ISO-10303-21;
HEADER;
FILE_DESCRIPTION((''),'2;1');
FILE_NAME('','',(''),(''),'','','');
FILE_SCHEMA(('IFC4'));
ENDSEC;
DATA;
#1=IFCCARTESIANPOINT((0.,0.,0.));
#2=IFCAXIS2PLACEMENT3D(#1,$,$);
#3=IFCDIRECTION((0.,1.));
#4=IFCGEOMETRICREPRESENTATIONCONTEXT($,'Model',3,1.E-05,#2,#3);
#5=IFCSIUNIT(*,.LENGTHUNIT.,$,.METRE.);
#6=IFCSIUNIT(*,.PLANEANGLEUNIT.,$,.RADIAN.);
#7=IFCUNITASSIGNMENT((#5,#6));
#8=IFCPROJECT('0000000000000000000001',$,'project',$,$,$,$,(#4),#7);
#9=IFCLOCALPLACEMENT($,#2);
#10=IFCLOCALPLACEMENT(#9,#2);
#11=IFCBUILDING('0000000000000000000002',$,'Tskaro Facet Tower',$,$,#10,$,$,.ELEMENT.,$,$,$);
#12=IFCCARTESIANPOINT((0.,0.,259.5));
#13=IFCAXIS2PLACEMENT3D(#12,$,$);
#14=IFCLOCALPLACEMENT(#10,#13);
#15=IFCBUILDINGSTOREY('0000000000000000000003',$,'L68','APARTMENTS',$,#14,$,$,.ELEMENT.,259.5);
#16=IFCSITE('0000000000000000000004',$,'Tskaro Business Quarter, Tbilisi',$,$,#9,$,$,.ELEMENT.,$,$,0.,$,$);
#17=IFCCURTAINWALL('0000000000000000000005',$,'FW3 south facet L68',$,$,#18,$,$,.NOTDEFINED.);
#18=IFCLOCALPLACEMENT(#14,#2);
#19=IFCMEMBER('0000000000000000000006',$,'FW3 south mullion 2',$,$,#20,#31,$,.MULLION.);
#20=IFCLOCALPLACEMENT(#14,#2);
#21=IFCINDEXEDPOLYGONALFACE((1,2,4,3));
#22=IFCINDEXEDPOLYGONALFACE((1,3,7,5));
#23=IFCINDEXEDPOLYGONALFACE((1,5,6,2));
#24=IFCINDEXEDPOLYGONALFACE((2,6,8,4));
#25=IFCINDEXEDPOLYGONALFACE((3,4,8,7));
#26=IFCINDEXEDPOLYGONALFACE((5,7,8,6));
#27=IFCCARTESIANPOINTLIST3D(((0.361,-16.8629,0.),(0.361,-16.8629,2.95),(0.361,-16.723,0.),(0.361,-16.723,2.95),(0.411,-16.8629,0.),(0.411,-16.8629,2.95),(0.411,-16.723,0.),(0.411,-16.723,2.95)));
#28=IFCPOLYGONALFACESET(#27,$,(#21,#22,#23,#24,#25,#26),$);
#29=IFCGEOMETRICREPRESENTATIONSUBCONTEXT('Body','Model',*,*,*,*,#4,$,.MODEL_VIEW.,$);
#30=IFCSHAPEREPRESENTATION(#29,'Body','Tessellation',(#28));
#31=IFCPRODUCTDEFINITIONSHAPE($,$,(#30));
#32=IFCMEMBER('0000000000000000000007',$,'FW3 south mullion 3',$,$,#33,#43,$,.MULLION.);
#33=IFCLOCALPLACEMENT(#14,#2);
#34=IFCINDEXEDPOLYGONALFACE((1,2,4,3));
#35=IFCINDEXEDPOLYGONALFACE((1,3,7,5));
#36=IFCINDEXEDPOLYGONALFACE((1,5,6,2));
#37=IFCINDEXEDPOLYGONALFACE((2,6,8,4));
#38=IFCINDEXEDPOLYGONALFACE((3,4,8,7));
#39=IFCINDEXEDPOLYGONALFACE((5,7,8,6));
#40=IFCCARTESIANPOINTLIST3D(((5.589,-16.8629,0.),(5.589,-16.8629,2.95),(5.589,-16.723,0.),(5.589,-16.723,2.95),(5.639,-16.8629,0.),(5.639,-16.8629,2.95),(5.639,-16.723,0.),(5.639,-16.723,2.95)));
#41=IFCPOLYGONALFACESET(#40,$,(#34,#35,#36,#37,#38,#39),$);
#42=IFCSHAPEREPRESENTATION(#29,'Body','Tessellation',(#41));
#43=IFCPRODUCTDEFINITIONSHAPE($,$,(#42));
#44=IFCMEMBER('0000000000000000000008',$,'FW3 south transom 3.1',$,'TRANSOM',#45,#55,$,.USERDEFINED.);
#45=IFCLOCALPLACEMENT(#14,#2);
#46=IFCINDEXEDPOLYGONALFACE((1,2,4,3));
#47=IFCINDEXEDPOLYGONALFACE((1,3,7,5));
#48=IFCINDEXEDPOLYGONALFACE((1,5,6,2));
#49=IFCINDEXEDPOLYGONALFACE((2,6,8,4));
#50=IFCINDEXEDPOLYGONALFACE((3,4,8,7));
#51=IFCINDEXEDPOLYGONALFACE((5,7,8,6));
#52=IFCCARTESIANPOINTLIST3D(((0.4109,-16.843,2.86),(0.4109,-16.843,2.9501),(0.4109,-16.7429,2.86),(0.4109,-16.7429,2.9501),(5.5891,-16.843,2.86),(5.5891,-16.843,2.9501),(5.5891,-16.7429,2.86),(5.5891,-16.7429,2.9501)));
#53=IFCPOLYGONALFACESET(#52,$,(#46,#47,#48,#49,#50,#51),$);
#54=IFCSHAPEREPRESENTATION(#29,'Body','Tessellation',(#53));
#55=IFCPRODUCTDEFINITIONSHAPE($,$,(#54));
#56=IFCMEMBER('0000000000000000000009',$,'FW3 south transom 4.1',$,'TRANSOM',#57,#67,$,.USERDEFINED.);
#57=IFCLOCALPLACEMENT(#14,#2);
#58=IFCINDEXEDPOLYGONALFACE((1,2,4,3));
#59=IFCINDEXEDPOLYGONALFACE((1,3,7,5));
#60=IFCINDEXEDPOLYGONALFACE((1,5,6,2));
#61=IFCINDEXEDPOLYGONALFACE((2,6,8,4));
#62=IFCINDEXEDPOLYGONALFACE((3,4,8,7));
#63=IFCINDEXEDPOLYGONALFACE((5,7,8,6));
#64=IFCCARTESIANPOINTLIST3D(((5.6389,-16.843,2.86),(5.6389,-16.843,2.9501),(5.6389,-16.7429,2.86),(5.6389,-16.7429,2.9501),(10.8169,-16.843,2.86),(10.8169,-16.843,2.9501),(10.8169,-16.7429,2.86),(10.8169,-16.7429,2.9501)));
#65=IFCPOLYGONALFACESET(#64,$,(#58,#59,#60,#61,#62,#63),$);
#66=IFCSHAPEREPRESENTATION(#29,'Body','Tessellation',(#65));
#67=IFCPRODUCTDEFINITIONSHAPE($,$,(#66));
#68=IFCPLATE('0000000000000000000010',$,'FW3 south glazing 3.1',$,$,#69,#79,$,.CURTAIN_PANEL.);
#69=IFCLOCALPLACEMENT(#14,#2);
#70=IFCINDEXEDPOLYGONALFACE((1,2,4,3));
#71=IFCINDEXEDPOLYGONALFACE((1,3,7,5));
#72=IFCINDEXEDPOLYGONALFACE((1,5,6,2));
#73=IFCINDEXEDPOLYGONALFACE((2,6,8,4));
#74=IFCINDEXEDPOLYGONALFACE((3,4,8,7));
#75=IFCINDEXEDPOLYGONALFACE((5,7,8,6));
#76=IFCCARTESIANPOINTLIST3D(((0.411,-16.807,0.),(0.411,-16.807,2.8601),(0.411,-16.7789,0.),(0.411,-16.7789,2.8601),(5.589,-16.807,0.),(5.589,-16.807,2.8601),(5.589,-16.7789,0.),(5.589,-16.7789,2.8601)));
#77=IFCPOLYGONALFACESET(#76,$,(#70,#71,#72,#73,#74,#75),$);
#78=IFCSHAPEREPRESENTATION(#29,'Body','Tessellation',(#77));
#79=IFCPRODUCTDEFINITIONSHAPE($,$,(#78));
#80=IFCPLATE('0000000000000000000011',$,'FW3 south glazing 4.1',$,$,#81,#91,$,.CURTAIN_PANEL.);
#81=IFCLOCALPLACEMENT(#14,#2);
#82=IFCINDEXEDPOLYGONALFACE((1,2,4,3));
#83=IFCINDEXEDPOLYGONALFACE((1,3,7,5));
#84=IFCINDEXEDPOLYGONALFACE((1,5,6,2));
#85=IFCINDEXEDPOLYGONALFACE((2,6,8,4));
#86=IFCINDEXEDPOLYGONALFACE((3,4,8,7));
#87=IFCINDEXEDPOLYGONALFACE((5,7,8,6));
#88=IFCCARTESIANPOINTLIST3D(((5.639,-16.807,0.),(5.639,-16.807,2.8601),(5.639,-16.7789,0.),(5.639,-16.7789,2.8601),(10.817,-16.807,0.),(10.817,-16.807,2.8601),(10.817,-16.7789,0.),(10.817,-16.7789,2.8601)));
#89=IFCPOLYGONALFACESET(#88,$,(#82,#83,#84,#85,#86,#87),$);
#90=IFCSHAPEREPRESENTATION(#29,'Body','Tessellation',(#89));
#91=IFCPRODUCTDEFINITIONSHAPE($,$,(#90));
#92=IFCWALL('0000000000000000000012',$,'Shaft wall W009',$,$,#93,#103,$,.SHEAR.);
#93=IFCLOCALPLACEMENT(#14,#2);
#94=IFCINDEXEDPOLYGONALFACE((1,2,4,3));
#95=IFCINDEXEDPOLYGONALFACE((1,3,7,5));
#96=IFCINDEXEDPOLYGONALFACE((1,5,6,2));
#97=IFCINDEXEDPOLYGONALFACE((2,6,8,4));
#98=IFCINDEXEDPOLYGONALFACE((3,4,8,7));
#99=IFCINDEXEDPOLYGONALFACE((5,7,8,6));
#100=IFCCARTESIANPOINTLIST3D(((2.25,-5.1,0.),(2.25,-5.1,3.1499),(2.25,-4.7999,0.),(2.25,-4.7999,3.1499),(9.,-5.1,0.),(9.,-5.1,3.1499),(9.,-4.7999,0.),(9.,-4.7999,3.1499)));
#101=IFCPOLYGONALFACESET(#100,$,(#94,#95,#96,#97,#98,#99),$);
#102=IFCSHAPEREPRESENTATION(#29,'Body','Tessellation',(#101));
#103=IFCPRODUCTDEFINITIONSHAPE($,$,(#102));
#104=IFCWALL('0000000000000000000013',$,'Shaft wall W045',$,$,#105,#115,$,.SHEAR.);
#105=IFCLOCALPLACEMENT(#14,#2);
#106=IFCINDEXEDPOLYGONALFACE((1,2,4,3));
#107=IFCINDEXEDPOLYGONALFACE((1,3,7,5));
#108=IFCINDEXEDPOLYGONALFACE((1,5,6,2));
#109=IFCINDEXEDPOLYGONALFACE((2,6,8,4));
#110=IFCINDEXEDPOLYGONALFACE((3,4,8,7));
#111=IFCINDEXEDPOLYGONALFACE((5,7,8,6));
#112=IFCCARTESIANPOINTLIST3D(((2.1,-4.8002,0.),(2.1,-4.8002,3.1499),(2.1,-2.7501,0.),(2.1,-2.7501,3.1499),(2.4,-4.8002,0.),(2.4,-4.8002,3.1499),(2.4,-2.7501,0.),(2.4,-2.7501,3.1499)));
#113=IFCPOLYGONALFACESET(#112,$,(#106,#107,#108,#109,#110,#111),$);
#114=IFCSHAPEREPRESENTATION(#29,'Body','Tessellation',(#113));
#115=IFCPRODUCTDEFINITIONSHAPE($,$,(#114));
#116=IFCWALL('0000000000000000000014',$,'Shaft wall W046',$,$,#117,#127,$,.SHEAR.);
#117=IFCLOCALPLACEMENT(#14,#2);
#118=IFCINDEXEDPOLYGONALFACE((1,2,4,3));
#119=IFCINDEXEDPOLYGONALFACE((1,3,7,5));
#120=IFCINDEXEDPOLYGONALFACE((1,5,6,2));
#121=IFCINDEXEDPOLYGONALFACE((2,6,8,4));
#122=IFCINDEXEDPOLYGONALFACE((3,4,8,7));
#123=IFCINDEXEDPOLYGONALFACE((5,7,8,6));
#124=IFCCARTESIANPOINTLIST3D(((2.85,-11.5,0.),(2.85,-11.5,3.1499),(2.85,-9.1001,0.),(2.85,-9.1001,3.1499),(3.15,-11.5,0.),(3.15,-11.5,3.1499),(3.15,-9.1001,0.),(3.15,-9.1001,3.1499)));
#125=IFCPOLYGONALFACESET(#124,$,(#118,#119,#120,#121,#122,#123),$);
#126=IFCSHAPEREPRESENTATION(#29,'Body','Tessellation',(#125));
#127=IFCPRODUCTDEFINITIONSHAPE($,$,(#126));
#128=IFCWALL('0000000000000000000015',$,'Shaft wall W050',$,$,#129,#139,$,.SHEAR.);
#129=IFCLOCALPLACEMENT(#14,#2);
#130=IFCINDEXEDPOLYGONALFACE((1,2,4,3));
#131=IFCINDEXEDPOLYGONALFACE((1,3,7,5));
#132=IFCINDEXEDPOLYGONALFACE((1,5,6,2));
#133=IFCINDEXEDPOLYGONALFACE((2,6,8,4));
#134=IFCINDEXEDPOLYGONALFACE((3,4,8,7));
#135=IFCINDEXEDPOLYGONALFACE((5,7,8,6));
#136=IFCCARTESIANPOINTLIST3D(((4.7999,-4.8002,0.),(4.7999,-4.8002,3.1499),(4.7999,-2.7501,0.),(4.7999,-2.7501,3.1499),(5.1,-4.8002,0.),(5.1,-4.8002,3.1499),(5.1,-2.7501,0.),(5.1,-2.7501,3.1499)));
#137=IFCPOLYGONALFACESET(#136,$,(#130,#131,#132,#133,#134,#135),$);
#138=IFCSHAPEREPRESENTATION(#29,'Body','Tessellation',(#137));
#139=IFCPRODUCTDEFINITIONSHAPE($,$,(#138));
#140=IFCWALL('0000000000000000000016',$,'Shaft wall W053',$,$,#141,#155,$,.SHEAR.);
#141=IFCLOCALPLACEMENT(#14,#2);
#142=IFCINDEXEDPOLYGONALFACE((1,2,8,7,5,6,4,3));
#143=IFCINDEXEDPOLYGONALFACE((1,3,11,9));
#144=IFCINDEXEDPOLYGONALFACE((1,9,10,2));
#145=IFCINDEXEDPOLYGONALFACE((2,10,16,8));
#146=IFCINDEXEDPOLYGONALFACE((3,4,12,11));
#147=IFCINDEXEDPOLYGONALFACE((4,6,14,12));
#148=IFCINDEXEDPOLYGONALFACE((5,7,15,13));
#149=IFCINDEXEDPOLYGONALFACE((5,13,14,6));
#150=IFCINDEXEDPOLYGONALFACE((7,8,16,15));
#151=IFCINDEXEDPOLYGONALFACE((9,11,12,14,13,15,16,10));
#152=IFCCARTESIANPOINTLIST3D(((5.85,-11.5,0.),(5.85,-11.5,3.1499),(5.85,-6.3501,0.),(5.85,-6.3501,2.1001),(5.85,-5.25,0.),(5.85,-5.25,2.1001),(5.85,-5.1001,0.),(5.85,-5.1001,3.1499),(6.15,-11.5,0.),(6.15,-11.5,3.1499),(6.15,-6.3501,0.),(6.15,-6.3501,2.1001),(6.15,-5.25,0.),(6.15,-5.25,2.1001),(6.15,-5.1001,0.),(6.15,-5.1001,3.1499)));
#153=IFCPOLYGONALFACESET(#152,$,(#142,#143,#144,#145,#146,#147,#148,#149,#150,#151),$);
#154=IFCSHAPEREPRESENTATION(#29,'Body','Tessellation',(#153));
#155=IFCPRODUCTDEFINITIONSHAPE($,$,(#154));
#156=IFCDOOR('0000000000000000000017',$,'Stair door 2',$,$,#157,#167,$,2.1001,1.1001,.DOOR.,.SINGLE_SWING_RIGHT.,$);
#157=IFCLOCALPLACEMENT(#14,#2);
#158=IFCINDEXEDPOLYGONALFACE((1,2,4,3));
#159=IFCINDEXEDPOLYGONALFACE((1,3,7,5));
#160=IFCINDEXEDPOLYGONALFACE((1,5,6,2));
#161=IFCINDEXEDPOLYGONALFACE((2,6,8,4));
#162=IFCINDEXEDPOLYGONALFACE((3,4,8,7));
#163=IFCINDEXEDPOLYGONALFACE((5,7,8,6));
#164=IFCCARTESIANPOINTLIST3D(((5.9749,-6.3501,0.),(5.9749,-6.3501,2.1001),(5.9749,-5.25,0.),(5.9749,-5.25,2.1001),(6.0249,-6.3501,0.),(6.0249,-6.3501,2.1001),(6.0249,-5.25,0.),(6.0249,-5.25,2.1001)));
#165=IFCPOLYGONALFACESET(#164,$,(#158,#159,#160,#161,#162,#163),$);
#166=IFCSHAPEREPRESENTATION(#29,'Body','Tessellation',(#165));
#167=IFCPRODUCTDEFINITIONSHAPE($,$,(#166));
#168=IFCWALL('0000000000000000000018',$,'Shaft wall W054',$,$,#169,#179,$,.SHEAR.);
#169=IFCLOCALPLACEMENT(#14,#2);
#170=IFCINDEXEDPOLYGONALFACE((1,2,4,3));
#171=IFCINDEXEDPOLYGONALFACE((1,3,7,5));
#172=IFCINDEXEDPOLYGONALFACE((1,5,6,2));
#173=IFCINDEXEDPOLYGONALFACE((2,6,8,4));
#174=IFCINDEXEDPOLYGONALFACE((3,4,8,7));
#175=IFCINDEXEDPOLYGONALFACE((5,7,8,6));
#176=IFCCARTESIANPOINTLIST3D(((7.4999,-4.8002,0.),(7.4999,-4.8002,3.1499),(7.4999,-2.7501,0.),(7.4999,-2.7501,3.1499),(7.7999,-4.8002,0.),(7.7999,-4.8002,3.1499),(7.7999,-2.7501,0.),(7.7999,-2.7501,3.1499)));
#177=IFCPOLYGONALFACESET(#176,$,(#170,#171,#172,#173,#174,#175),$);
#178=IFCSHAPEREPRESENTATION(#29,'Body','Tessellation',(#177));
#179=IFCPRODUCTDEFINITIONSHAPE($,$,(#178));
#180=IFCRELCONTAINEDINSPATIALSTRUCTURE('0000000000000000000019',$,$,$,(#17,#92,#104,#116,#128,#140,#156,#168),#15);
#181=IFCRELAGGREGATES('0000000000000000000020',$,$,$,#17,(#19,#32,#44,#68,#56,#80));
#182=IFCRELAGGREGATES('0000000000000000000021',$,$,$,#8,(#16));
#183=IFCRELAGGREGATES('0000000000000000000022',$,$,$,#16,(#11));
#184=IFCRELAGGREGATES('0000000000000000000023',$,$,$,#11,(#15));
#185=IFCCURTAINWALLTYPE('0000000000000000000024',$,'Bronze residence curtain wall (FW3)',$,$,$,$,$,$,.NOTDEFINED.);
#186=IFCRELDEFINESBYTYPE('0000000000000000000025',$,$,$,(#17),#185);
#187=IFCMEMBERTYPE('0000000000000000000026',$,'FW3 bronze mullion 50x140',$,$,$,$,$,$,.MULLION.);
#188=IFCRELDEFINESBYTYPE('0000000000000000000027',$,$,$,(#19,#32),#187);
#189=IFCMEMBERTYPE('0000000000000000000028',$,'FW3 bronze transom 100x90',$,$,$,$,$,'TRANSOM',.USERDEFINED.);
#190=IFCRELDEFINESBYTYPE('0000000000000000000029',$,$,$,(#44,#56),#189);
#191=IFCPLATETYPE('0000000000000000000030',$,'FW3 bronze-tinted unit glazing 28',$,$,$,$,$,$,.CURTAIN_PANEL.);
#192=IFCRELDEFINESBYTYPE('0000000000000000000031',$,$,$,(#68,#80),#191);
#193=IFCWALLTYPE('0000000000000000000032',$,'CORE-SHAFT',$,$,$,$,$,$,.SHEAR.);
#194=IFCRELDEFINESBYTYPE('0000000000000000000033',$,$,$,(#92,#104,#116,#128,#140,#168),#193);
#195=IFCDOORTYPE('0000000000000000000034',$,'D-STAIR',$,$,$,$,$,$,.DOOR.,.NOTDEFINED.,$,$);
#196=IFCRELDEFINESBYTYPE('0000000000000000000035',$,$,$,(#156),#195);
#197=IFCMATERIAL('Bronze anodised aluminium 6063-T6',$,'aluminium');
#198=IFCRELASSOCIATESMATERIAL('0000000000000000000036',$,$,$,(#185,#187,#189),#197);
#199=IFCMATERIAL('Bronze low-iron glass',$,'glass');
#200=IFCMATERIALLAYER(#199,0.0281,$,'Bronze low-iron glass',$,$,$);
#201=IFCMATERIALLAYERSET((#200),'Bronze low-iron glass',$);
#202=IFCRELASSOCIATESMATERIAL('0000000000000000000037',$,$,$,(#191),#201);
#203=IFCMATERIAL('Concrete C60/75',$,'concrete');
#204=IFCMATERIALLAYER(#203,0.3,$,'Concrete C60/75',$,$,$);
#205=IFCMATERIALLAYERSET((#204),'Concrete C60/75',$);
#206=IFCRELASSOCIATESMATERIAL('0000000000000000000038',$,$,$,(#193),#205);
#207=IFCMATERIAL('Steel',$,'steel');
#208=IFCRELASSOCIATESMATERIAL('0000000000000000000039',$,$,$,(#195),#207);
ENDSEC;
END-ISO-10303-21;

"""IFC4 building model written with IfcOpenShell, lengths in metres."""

from ifc_helpers import new_model, si_unit, direction, frame, frame_2d, origin, origin_2d, place, context, subcontext, project, spatial, rectangle, extrude, material, layer, layer_set, material_profile, profile_set, type_object, element, fill, aggregate, save


model = new_model("IFC4")

# Units and contexts
model_context = context("Model", 3, precision=1e-05, world=origin(), true_north=direction((0.0, 1.0)))
body_context = subcontext(model_context, "Body", "Model", "MODEL_VIEW")
ifc_project = project(units=[si_unit("LENGTHUNIT", "METRE"), si_unit("PLANEANGLEUNIT", "RADIAN")], contexts=[model_context])

# Site, building, storey
site_placement = place(None, origin())
site = spatial("IfcSite", under=ifc_project, at=site_placement, Name="Tskaro Business Quarter, Tbilisi", CompositionType="ELEMENT", RefElevation=0.0)
building_placement = place(site_placement, origin())
building = spatial("IfcBuilding", under=site, at=building_placement, Name="Tskaro Facet Tower", CompositionType="ELEMENT")
storey_placement = place(building_placement, frame((0.0, 0.0, 259.5)))
storey = spatial("IfcBuildingStorey", under=building, at=storey_placement, Name="L68", Description="APARTMENTS", CompositionType="ELEMENT", Elevation=259.5)

# Curtain wall, members, plates
ifc_material_1 = material(Name="Bronze anodised aluminium 6063-T6", Category="aluminium")
curtain_wall_type = type_object("IfcCurtainWallType", Name="Bronze residence curtain wall (FW3)", PredefinedType="NOTDEFINED", material=ifc_material_1)
curtain_wall_placement = place(storey_placement, origin())
curtain_wall = element("IfcCurtainWall", 1, at=curtain_wall_placement, inside=storey, type_object=curtain_wall_type, Name="FW3 south facet L68", PredefinedType="NOTDEFINED")
ifc_material_profile_1 = material_profile(ifc_material_1, rectangle(XDim=0.05, YDim=0.1399, at=origin_2d()), Name="Mullion 50x140")
ifc_profile_set_1 = profile_set([ifc_material_profile_1], Name="Bronze anodised aluminium 6063-T6")
member_type_1 = type_object("IfcMemberType", Name="FW3 bronze mullion 50x140", PredefinedType="MULLION", material=ifc_profile_set_1)
member_1_placement = place(storey_placement, frame((0.386, -16.793, 0.0), z_axis=(0.0, 0.0, 1.0), x_axis=(1.0, 0.0, 0.0)))
member_1 = element("IfcMember", 2, at=member_1_placement, type_object=member_type_1, Name="FW3 south mullion 2", PredefinedType="MULLION", context=body_context, shape_type="SweptSolid", body=[
    extrude(rectangle(XDim=0.05, YDim=0.1399, at=origin_2d()), origin(), (0.0, 0.0, 1.0), 2.95),
])
member_2_placement = place(storey_placement, frame((5.614, -16.793, 0.0), z_axis=(0.0, 0.0, 1.0), x_axis=(1.0, 0.0, 0.0)))
member_2 = element("IfcMember", 3, at=member_2_placement, type_object=member_type_1, Name="FW3 south mullion 3", PredefinedType="MULLION", context=body_context, shape_type="SweptSolid", body=[
    extrude(rectangle(XDim=0.05, YDim=0.1399, at=origin_2d()), origin(), (0.0, 0.0, 1.0), 2.95),
])
ifc_material_profile_2 = material_profile(ifc_material_1, rectangle(XDim=0.1001, YDim=0.0901, at=origin_2d()), Name="Transom 100x90")
ifc_profile_set_2 = profile_set([ifc_material_profile_2], Name="Bronze anodised aluminium 6063-T6")
member_type_2 = type_object("IfcMemberType", Name="FW3 bronze transom 100x90", ElementType="TRANSOM", PredefinedType="USERDEFINED", material=ifc_profile_set_2)
member_3_placement = place(storey_placement, frame((0.4109, -16.793, 2.905), z_axis=(1.0, 0.0, 0.0), x_axis=(0.0, 1.0, 0.0)))
member_3 = element("IfcMember", 4, at=member_3_placement, type_object=member_type_2, Name="FW3 south transom 3.1", ObjectType="TRANSOM", PredefinedType="USERDEFINED", context=body_context, shape_type="SweptSolid", body=[
    extrude(rectangle(XDim=0.1001, YDim=0.0901, at=origin_2d()), origin(), (0.0, 0.0, 1.0), 5.1782),
])
member_4_placement = place(storey_placement, frame((5.6389, -16.793, 2.905), z_axis=(1.0, 0.0, 0.0), x_axis=(0.0, 1.0, 0.0)))
member_4 = element("IfcMember", 5, at=member_4_placement, type_object=member_type_2, Name="FW3 south transom 4.1", ObjectType="TRANSOM", PredefinedType="USERDEFINED", context=body_context, shape_type="SweptSolid", body=[
    extrude(rectangle(XDim=0.1001, YDim=0.0901, at=origin_2d()), origin(), (0.0, 0.0, 1.0), 5.178),
])
ifc_material_2 = material(Name="Bronze low-iron glass", Category="glass")
ifc_layer_1 = layer(ifc_material_2, 0.0281, Name="Bronze low-iron glass")
ifc_layer_set_1 = layer_set([ifc_layer_1], Name="Bronze low-iron glass")
plate_type = type_object("IfcPlateType", Name="FW3 bronze-tinted unit glazing 28", PredefinedType="CURTAIN_PANEL", material=ifc_layer_set_1)
plate_1_placement = place(storey_placement, frame((3.0, -16.793, 0.0), z_axis=(0.0, 0.0, 1.0), x_axis=(1.0, 0.0, 0.0)))
plate_1 = element("IfcPlate", 6, at=plate_1_placement, type_object=plate_type, Name="FW3 south glazing 3.1", PredefinedType="CURTAIN_PANEL", context=body_context, shape_type="SweptSolid", body=[
    extrude(rectangle(XDim=5.178, YDim=0.0281, at=origin_2d()), origin(), (0.0, 0.0, 1.0), 2.8601),
])
plate_2_placement = place(storey_placement, frame((8.228, -16.793, 0.0), z_axis=(0.0, 0.0, 1.0), x_axis=(1.0, 0.0, 0.0)))
plate_2 = element("IfcPlate", 7, at=plate_2_placement, type_object=plate_type, Name="FW3 south glazing 4.1", PredefinedType="CURTAIN_PANEL", context=body_context, shape_type="SweptSolid", body=[
    extrude(rectangle(XDim=5.178, YDim=0.0281, at=origin_2d()), origin(), (0.0, 0.0, 1.0), 2.8601),
])
aggregate(curtain_wall, [member_1, member_2, member_3, plate_1, member_4, plate_2])

# Walls
ifc_material_3 = material(Name="Concrete C60/75", Category="concrete")
ifc_layer_2 = layer(ifc_material_3, 0.3, Name="Concrete C60/75")
ifc_layer_set_2 = layer_set([ifc_layer_2], Name="Concrete C60/75")
wall_type_1 = type_object("IfcWallType", Name="CORE-SHAFT", PredefinedType="SHEAR", material=ifc_layer_set_2)
wall_1_placement = place(storey_placement, frame((2.25, -4.95, 0.0), z_axis=(0.0, 0.0, 1.0), x_axis=(1.0, 0.0, 0.0)))
element("IfcWall", 8, at=wall_1_placement, inside=storey, type_object=wall_type_1, Name="Shaft wall W009", PredefinedType="SHEAR", context=body_context, shape_type="SweptSolid", body=[
    extrude(rectangle(XDim=6.75, YDim=0.3, at=frame_2d((3.375, 0.0))), origin(), (0.0, 0.0, 1.0), 3.1499),
])
wall_2_placement = place(storey_placement, frame((2.25, -4.8, 0.0), z_axis=(0.0, 0.0, 1.0), x_axis=(0.0, 1.0, 0.0)))
element("IfcWall", 9, at=wall_2_placement, inside=storey, type_object=wall_type_1, Name="Shaft wall W045", PredefinedType="SHEAR", context=body_context, shape_type="SweptSolid", body=[
    extrude(rectangle(XDim=2.05, YDim=0.3, at=frame_2d((1.0249, 0.0))), origin(), (0.0, 0.0, 1.0), 3.1499),
])
wall_3_placement = place(storey_placement, frame((3.0, -11.5, 0.0), z_axis=(0.0, 0.0, 1.0), x_axis=(0.0, 1.0, 0.0)))
element("IfcWall", 10, at=wall_3_placement, inside=storey, type_object=wall_type_1, Name="Shaft wall W046", PredefinedType="SHEAR", context=body_context, shape_type="SweptSolid", body=[
    extrude(rectangle(XDim=2.3999, YDim=0.3, at=frame_2d((1.2, 0.0))), origin(), (0.0, 0.0, 1.0), 3.1499),
])
wall_4_placement = place(storey_placement, frame((4.95, -4.8, 0.0), z_axis=(0.0, 0.0, 1.0), x_axis=(0.0, 1.0, 0.0)))
element("IfcWall", 11, at=wall_4_placement, inside=storey, type_object=wall_type_1, Name="Shaft wall W050", PredefinedType="SHEAR", context=body_context, shape_type="SweptSolid", body=[
    extrude(rectangle(XDim=2.05, YDim=0.3, at=frame_2d((1.0249, 0.0))), origin(), (0.0, 0.0, 1.0), 3.1499),
])

# Wall, opening, door
wall_5_placement = place(storey_placement, frame((6.0, -5.1001, 0.0), z_axis=(0.0, 0.0, 1.0), x_axis=(0.0, -1.0, 0.0)))
wall_5 = element("IfcWall", 12, at=wall_5_placement, inside=storey, type_object=wall_type_1, Name="Shaft wall W053", PredefinedType="SHEAR", context=body_context, shape_type="SweptSolid", body=[
    extrude(rectangle(XDim=6.3999, YDim=0.3, at=frame_2d((3.2, 0.0))), origin(), (0.0, 0.0, 1.0), 3.1499),
])
opening_placement = place(wall_5_placement, frame((0.1499, 0.0, 0.0)))
opening = element("IfcOpeningElement", 13, at=opening_placement, cuts=wall_5, PredefinedType="OPENING", context=body_context, shape_type="SweptSolid", body=[
    extrude(rectangle(XDim=1.1001, YDim=2.1001, at=frame_2d((0.55, 1.05))), frame((0.0, 0.1599, 0.0), z_axis=(0.0, -1.0, 0.0), x_axis=(1.0, 0.0, 0.0)), (0.0, 0.0, 1.0), 0.3201),
])
ifc_material_4 = material(Name="Steel", Category="steel")
door_type = type_object("IfcDoorType", Name="D-STAIR", OperationType="NOTDEFINED", PredefinedType="DOOR", material=ifc_material_4)
door_placement = place(opening_placement, origin())
door = element("IfcDoor", 14, at=door_placement, inside=storey, type_object=door_type, Name="Stair door 2", OperationType="SINGLE_SWING_RIGHT", OverallHeight=2.1001, OverallWidth=1.1001, PredefinedType="DOOR", context=body_context, shape_type="SweptSolid", body=[
    extrude(rectangle(XDim=1.1001, YDim=2.1001, at=frame_2d((0.55, 1.05))), frame((0.0, 0.0249, 0.0), z_axis=(0.0, -1.0, 0.0), x_axis=(1.0, 0.0, 0.0)), (0.0, 0.0, 1.0), 0.05),
])
fill(opening, door)

# Wall
wall_6_placement = place(storey_placement, frame((7.6499, -4.8, 0.0), z_axis=(0.0, 0.0, 1.0), x_axis=(0.0, 1.0, 0.0)))
element("IfcWall", 15, at=wall_6_placement, inside=storey, type_object=wall_type_1, Name="Shaft wall W054", PredefinedType="SHEAR", context=body_context, shape_type="SweptSolid", body=[
    extrude(rectangle(XDim=2.05, YDim=0.3, at=frame_2d((1.0249, 0.0))), origin(), (0.0, 0.0, 1.0), 3.1499),
])

save(model, "model.ifc")
